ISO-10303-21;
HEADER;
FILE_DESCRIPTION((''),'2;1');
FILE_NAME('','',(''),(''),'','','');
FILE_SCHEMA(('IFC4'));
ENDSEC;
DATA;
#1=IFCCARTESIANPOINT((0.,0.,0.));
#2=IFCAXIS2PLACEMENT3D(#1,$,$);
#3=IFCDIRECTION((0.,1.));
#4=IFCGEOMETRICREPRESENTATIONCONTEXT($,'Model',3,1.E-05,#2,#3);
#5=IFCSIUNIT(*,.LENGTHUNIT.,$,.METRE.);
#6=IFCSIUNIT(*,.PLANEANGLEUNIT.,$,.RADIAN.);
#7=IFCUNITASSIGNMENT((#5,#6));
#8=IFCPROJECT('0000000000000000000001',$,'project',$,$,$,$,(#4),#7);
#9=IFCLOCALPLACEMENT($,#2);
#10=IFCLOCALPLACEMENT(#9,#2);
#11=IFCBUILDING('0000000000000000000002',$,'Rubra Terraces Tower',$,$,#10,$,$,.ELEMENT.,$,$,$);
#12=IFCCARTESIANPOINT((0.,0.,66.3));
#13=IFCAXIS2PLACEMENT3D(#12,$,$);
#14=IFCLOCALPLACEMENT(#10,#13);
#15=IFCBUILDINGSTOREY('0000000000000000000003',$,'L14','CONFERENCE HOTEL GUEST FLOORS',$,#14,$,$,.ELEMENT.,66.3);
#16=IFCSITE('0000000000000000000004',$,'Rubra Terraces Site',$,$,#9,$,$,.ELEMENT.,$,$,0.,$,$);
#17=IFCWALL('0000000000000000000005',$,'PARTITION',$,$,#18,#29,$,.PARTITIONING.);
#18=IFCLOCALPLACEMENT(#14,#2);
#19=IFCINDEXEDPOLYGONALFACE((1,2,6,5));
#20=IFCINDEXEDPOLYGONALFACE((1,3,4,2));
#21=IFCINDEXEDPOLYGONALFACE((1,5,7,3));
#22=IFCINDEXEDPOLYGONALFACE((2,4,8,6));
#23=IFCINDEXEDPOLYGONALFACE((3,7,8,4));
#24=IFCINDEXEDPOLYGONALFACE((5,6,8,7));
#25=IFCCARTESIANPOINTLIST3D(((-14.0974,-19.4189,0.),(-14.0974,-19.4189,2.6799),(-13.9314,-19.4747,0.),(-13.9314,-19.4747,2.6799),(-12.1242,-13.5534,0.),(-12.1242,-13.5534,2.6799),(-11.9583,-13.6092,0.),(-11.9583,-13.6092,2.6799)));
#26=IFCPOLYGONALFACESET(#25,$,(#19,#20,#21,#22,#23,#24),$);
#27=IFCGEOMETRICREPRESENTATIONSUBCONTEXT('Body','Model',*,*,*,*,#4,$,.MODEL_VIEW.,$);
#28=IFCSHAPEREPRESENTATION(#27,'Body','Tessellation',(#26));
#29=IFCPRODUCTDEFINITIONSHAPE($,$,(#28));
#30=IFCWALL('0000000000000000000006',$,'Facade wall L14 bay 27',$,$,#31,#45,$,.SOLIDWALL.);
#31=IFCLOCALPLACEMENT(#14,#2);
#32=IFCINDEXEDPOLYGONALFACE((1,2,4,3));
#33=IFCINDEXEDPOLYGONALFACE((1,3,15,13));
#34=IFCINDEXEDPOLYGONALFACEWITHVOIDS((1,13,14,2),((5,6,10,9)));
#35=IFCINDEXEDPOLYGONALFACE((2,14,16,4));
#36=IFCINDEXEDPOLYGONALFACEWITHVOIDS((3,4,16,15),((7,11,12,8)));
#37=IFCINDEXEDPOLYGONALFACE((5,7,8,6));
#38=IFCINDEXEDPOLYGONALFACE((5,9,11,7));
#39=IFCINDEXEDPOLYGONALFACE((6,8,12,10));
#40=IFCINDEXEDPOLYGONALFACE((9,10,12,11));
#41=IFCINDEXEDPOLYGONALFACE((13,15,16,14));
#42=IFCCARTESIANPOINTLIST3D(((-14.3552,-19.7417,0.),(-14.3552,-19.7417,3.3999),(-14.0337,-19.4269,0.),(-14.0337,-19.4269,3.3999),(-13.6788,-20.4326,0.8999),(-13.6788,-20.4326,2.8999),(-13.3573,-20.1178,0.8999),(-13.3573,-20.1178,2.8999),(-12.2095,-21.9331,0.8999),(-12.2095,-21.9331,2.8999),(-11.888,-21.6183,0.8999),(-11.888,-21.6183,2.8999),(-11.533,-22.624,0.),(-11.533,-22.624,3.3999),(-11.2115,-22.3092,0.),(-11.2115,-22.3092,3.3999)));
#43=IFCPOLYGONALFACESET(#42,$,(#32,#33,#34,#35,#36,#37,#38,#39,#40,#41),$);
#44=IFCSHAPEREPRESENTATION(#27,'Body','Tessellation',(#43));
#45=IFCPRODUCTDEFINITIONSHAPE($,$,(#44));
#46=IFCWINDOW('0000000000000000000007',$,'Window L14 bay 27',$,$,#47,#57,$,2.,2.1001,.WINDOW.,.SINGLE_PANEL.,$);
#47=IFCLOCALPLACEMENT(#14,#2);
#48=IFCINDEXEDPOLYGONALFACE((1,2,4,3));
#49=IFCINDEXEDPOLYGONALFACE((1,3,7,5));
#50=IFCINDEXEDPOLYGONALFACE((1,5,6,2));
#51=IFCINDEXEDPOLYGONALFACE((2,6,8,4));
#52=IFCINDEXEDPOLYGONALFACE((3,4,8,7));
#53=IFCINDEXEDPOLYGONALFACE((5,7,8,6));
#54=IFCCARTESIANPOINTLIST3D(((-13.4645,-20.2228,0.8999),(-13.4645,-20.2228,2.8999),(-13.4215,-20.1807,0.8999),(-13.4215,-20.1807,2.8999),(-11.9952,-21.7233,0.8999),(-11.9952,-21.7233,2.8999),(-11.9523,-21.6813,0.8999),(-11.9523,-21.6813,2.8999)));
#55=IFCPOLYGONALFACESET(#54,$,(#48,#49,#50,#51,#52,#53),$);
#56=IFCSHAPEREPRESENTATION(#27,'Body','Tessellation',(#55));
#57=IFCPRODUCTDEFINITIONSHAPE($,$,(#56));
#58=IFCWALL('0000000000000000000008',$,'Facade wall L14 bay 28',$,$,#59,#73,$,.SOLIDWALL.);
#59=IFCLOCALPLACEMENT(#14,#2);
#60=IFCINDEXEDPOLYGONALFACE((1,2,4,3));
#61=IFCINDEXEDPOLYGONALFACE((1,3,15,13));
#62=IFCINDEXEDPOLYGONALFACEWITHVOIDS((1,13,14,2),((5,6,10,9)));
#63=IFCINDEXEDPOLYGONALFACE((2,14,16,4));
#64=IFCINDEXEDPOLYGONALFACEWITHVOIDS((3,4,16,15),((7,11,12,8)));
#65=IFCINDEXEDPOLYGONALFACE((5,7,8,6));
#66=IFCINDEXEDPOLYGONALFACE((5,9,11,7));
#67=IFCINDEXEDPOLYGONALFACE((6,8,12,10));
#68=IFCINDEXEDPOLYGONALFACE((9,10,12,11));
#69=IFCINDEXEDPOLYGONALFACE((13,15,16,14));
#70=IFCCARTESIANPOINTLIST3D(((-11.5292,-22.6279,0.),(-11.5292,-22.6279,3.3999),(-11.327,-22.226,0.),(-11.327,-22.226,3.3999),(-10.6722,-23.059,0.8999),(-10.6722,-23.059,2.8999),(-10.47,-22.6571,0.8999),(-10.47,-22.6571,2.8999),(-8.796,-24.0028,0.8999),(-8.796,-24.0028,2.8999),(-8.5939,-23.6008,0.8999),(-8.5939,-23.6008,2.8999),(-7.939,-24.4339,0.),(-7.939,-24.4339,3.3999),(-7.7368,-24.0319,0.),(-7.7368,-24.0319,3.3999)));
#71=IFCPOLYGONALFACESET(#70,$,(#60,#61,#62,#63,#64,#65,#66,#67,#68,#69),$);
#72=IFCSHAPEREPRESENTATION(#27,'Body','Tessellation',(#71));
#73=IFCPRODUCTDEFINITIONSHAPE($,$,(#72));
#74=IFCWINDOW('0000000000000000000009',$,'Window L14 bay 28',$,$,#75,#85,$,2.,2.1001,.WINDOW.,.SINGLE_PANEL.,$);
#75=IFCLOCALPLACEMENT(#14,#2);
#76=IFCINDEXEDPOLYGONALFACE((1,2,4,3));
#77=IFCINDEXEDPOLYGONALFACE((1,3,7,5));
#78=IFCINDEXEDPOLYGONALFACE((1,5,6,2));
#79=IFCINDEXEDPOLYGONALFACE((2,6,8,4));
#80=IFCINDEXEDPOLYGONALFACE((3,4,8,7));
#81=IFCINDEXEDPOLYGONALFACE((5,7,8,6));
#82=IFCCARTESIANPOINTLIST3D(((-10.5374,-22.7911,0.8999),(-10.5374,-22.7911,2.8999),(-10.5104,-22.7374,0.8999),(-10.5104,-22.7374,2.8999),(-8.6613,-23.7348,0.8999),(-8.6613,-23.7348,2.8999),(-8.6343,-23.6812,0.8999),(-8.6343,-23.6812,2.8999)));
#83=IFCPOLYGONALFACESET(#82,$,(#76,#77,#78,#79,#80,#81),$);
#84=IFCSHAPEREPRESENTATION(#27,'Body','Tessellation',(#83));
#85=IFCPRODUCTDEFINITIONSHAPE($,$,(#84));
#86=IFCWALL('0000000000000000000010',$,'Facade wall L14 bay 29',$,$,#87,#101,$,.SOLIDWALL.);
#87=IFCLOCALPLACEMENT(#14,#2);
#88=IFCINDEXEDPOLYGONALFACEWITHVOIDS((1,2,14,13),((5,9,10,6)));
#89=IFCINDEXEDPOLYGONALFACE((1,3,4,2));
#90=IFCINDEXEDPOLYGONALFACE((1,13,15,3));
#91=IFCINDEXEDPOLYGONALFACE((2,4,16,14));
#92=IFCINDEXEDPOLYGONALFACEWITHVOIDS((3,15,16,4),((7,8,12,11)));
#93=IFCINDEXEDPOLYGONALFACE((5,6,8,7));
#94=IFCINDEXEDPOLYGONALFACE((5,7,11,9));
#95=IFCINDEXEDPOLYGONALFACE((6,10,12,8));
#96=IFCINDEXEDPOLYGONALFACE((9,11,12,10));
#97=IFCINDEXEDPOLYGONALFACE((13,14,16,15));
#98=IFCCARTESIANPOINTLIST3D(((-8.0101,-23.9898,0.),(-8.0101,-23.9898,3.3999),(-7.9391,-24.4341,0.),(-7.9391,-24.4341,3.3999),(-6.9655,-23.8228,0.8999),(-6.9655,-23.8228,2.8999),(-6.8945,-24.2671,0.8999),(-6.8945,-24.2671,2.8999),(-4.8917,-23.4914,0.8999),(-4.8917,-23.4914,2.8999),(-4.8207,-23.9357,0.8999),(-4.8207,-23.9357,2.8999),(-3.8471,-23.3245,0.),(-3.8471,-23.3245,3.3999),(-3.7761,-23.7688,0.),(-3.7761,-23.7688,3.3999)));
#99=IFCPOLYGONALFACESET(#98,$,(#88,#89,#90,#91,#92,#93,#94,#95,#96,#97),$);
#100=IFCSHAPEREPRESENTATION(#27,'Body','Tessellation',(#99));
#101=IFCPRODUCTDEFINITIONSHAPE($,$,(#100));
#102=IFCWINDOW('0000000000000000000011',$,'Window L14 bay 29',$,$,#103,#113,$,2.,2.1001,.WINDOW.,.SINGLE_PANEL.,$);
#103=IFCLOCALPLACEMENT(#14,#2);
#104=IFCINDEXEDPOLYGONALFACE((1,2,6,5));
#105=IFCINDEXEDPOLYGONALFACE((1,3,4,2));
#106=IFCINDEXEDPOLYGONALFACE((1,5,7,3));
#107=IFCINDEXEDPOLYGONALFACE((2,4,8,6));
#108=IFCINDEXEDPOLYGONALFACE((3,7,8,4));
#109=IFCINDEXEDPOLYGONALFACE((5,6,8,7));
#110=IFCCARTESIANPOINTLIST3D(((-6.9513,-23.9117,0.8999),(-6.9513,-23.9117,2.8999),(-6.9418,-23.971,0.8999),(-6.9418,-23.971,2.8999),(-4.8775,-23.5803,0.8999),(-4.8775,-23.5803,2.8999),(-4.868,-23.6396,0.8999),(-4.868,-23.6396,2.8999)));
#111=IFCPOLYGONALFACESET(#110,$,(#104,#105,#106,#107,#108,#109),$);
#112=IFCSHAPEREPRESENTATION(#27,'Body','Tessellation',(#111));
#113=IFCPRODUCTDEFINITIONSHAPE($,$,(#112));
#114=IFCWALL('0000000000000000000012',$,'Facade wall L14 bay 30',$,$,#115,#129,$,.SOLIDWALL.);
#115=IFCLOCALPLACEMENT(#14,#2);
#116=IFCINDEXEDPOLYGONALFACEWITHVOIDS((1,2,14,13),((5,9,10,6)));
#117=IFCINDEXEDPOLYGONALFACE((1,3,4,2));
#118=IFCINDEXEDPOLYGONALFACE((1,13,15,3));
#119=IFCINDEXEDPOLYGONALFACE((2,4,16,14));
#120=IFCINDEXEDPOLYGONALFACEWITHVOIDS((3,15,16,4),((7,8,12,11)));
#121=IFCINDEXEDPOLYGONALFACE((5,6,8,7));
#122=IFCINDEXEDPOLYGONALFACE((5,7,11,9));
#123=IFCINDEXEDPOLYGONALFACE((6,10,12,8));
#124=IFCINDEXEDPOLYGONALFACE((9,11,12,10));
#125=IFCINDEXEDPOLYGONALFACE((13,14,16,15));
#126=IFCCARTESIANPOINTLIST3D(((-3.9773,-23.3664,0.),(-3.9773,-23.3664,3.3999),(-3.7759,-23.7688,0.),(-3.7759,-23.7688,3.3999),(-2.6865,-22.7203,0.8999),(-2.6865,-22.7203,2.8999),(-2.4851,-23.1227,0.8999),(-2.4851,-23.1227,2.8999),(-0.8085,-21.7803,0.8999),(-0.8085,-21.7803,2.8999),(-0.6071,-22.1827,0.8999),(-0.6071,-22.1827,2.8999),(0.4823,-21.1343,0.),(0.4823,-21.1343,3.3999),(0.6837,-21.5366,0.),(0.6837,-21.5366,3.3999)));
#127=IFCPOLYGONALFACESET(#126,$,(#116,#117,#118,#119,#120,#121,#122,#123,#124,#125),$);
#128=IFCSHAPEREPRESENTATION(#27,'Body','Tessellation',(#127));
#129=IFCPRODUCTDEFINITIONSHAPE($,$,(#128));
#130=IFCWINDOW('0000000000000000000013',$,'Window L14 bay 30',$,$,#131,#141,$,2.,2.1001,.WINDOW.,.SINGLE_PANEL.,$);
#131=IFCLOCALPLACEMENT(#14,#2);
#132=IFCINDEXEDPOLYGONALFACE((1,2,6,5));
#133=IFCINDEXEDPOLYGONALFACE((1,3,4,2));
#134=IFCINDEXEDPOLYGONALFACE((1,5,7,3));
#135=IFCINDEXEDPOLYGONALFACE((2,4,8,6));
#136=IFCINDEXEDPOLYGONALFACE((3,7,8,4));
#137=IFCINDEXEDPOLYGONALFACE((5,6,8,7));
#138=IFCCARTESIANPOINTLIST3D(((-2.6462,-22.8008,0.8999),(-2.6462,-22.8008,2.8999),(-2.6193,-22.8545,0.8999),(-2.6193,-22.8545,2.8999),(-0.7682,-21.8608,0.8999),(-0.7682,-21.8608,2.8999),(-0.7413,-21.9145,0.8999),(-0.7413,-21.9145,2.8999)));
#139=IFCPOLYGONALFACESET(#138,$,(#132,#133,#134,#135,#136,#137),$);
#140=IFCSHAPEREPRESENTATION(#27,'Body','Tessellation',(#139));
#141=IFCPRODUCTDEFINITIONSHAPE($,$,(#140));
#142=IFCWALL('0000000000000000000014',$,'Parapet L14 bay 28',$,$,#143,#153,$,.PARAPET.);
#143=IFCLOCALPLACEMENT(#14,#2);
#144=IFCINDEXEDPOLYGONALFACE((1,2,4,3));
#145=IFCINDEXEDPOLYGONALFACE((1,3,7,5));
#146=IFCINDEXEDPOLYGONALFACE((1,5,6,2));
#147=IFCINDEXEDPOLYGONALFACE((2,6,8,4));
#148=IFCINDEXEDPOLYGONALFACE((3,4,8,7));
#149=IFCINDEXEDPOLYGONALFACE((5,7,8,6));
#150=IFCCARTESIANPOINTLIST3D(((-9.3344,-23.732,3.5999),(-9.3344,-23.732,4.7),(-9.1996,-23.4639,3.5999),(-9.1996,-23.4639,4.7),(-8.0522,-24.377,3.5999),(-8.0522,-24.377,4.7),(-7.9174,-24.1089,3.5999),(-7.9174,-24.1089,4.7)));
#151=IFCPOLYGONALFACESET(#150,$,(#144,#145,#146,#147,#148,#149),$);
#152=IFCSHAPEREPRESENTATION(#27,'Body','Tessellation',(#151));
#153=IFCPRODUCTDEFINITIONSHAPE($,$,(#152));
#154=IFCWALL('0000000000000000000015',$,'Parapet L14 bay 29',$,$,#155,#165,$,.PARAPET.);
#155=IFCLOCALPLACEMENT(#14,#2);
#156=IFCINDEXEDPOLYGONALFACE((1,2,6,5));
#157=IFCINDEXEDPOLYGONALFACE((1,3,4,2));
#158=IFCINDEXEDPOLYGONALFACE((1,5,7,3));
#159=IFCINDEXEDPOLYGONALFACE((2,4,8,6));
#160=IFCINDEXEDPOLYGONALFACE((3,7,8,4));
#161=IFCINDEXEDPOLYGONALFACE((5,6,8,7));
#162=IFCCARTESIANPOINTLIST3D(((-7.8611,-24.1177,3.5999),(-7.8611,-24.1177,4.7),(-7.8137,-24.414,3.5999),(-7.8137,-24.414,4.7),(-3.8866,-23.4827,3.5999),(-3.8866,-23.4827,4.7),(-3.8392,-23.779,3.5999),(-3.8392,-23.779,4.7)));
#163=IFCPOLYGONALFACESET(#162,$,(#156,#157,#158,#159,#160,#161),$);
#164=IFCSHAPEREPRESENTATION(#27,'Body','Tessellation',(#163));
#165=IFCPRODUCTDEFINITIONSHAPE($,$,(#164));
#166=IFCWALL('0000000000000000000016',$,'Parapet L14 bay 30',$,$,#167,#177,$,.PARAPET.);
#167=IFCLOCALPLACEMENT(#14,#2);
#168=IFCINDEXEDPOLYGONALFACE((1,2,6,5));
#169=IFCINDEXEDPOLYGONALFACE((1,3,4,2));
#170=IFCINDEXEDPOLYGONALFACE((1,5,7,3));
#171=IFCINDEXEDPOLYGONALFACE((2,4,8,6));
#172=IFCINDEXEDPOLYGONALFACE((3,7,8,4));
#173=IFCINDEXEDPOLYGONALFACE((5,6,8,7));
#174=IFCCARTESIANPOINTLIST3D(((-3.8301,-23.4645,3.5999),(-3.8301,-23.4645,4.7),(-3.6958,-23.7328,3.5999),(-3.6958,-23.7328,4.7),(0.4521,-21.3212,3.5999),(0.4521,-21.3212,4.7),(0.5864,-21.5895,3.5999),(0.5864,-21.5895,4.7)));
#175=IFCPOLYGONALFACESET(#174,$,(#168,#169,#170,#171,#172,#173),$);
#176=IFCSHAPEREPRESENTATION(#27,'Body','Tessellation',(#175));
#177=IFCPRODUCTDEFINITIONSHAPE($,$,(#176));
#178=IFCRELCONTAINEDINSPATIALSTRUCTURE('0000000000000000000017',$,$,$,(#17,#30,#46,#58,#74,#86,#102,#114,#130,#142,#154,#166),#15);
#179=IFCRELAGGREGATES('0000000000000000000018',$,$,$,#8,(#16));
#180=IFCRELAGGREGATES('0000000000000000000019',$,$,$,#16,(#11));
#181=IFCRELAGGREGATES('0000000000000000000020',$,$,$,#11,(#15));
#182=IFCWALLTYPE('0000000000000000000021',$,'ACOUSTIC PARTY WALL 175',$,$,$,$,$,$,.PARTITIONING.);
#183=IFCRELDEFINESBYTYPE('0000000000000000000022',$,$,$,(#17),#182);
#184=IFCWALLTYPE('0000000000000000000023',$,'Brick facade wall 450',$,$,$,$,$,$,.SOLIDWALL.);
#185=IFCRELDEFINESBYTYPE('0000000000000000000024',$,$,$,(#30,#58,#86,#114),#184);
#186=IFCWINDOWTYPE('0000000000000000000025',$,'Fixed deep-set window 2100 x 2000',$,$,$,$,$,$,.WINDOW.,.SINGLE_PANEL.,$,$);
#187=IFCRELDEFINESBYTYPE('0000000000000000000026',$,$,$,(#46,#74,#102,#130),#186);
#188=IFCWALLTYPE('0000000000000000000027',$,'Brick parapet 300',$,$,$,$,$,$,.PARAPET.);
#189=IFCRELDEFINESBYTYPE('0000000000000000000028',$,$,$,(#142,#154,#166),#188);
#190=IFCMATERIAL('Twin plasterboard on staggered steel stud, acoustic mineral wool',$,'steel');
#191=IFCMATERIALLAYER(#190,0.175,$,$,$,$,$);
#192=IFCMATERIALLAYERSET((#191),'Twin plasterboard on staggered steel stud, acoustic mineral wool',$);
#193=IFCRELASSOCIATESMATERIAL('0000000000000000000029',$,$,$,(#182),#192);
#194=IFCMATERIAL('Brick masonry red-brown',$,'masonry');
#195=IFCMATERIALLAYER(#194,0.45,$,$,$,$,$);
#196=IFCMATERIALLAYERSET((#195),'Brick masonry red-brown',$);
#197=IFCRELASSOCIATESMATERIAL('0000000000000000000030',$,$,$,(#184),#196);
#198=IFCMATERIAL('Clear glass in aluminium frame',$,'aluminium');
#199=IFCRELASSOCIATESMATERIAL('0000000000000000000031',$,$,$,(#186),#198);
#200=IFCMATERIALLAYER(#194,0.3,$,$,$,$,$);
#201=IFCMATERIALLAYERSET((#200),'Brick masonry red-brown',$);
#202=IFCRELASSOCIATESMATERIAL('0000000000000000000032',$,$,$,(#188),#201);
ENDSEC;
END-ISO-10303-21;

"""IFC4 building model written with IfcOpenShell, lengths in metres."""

from ifc_helpers import new_model, si_unit, direction, frame, frame_2d, origin, place, context, subcontext, project, spatial, rectangle, extrude, material, layer, layer_set, type_object, element, fill, save


model = new_model("IFC4")

# Units and contexts
model_context = context("Model", 3, precision=1e-05, world=origin(), true_north=direction((0.0, 1.0)))
body_context = subcontext(model_context, "Body", "Model", "MODEL_VIEW")
ifc_project = project(units=[si_unit("LENGTHUNIT", "METRE"), si_unit("PLANEANGLEUNIT", "RADIAN")], contexts=[model_context])

# Site, building, storey
site_placement = place(None, origin())
site = spatial("IfcSite", under=ifc_project, at=site_placement, Name="Rubra Terraces Site", CompositionType="ELEMENT", RefElevation=0.0)
building_placement = place(site_placement, origin())
building = spatial("IfcBuilding", under=site, at=building_placement, Name="Rubra Terraces Tower", CompositionType="ELEMENT")
storey_placement = place(building_placement, frame((0.0, 0.0, 66.3)))
storey = spatial("IfcBuildingStorey", under=building, at=storey_placement, Name="L14", Description="CONFERENCE HOTEL GUEST FLOORS", CompositionType="ELEMENT", Elevation=66.3)

# Wall
ifc_material_1 = material(Name="Twin plasterboard on staggered steel stud, acoustic mineral wool", Category="steel")
ifc_layer_1 = layer(ifc_material_1, 0.175)
ifc_layer_set_1 = layer_set([ifc_layer_1], Name="Twin plasterboard on staggered steel stud, acoustic mineral wool")
wall_type_1 = type_object("IfcWallType", Name="ACOUSTIC PARTY WALL 175", PredefinedType="PARTITIONING", material=ifc_layer_set_1)
wall_1_placement = place(storey_placement, frame((-14.0144, -19.4468, 0.0), z_axis=(0.0, 0.0, 1.0), x_axis=(0.318842, 0.947808, 0.0)))
element("IfcWall", 1, at=wall_1_placement, inside=storey, type_object=wall_type_1, Name="PARTITION", PredefinedType="PARTITIONING", context=body_context, shape_type="SweptSolid", body=[
    extrude(rectangle(XDim=6.1885, YDim=0.175, at=frame_2d((3.0942, 0.0))), origin(), (0.0, 0.0, 1.0), 2.6799),
])

# Walls, openings, windows
ifc_material_2 = material(Name="Brick masonry red-brown", Category="masonry")
ifc_layer_2 = layer(ifc_material_2, 0.45)
ifc_layer_set_2 = layer_set([ifc_layer_2], Name="Brick masonry red-brown")
wall_type_2 = type_object("IfcWallType", Name="Brick facade wall 450", PredefinedType="SOLIDWALL", material=ifc_layer_set_2)
wall_2_placement = place(storey_placement, frame((-14.1946, -19.5842, 0.0), z_axis=(0.0, 0.0, 1.0), x_axis=(0.699624, -0.714512, 0.0)))
wall_2 = element("IfcWall", 2, at=wall_2_placement, inside=storey, type_object=wall_type_2, Name="Facade wall L14 bay 27", PredefinedType="SOLIDWALL", context=body_context, shape_type="SweptSolid", body=[
    extrude(rectangle(XDim=4.0339, YDim=0.45, at=frame_2d((2.0171, 0.0))), origin(), (0.0, 0.0, 1.0), 3.3999),
])
opening_1_placement = place(wall_2_placement, frame((0.967, 0.0, 0.8999)))
opening_1 = element("IfcOpeningElement", 3, at=opening_1_placement, cuts=wall_2, PredefinedType="OPENING", context=body_context, shape_type="SweptSolid", body=[
    extrude(rectangle(XDim=2.1001, YDim=2.0, at=frame_2d((1.05, 1.0))), frame((0.0, 0.2349, 0.0), z_axis=(0.0, -1.0, 0.0), x_axis=(1.0, 0.0, 0.0)), (0.0, 0.0, 1.0), 0.47),
])
ifc_material_3 = material(Name="Clear glass in aluminium frame", Category="aluminium")
window_type = type_object("IfcWindowType", Name="Fixed deep-set window 2100 x 2000", PartitioningType="SINGLE_PANEL", PredefinedType="WINDOW", material=ifc_material_3)
window_1_placement = place(opening_1_placement, origin())
window_1 = element("IfcWindow", 4, at=window_1_placement, inside=storey, type_object=window_type, Name="Window L14 bay 27", OverallHeight=2.0, OverallWidth=2.1001, PartitioningType="SINGLE_PANEL", PredefinedType="WINDOW", context=body_context, shape_type="SweptSolid", body=[
    extrude(rectangle(XDim=2.1001, YDim=2.0, at=frame_2d((1.05, 1.0))), frame((0.0, 0.135, 0.0), z_axis=(0.0, -1.0, 0.0), x_axis=(1.0, 0.0, 0.0)), (0.0, 0.0, 1.0), 0.0601),
])
fill(opening_1, window_1)
wall_3_placement = place(storey_placement, frame((-11.428, -22.427, 0.0), z_axis=(0.0, 0.0, 1.0), x_axis=(0.893343, -0.449375, 0.0)))
wall_3 = element("IfcWall", 5, at=wall_3_placement, inside=storey, type_object=wall_type_2, Name="Facade wall L14 bay 28", PredefinedType="SOLIDWALL", context=body_context, shape_type="SweptSolid", body=[
    extrude(rectangle(XDim=4.0188, YDim=0.45, at=frame_2d((2.0093, 0.0))), origin(), (0.0, 0.0, 1.0), 3.3999),
])
opening_2_placement = place(wall_3_placement, frame((0.9592, 0.0, 0.8999)))
opening_2 = element("IfcOpeningElement", 6, at=opening_2_placement, cuts=wall_3, PredefinedType="OPENING", context=body_context, shape_type="SweptSolid", body=[
    extrude(rectangle(XDim=2.1001, YDim=2.0, at=frame_2d((1.05, 1.0))), frame((0.0, 0.2349, 0.0), z_axis=(0.0, -1.0, 0.0), x_axis=(1.0, 0.0, 0.0)), (0.0, 0.0, 1.0), 0.47),
])
window_2_placement = place(opening_2_placement, origin())
window_2 = element("IfcWindow", 7, at=window_2_placement, inside=storey, type_object=window_type, Name="Window L14 bay 28", OverallHeight=2.0, OverallWidth=2.1001, PartitioningType="SINGLE_PANEL", PredefinedType="WINDOW", context=body_context, shape_type="SweptSolid", body=[
    extrude(rectangle(XDim=2.1001, YDim=2.0, at=frame_2d((1.05, 1.0))), frame((0.0, 0.135, 0.0), z_axis=(0.0, -1.0, 0.0), x_axis=(1.0, 0.0, 0.0)), (0.0, 0.0, 1.0), 0.0601),
])
fill(opening_2, window_2)
wall_4_placement = place(storey_placement, frame((-7.9746, -24.2119, 0.0), z_axis=(0.0, 0.0, 1.0), x_axis=(0.987471, 0.157803, 0.0)))
wall_4 = element("IfcWall", 8, at=wall_4_placement, inside=storey, type_object=wall_type_2, Name="Facade wall L14 bay 29", PredefinedType="SOLIDWALL", context=body_context, shape_type="SweptSolid", body=[
    extrude(rectangle(XDim=4.2158, YDim=0.45, at=frame_2d((2.1079, 0.0))), origin(), (0.0, 0.0, 1.0), 3.3999),
])
opening_3_placement = place(wall_4_placement, frame((1.0579, 0.0, 0.8999)))
opening_3 = element("IfcOpeningElement", 9, at=opening_3_placement, cuts=wall_4, PredefinedType="OPENING", context=body_context, shape_type="SweptSolid", body=[
    extrude(rectangle(XDim=2.1001, YDim=2.0, at=frame_2d((1.05, 1.0))), frame((0.0, 0.2349, 0.0), z_axis=(0.0, -1.0, 0.0), x_axis=(1.0, 0.0, 0.0)), (0.0, 0.0, 1.0), 0.47),
])
window_3_placement = place(opening_3_placement, origin())
window_3 = element("IfcWindow", 10, at=window_3_placement, inside=storey, type_object=window_type, Name="Window L14 bay 29", OverallHeight=2.0, OverallWidth=2.1001, PartitioningType="SINGLE_PANEL", PredefinedType="WINDOW", context=body_context, shape_type="SweptSolid", body=[
    extrude(rectangle(XDim=2.1001, YDim=2.0, at=frame_2d((1.05, 1.0))), frame((0.0, 0.135, 0.0), z_axis=(0.0, -1.0, 0.0), x_axis=(1.0, 0.0, 0.0)), (0.0, 0.0, 1.0), 0.0601),
])
fill(opening_3, window_3)
wall_5_placement = place(storey_placement, frame((-3.8767, -23.5676, 0.0), z_axis=(0.0, 0.0, 1.0), x_axis=(0.894241, 0.447586, 0.0)))
wall_5 = element("IfcWall", 11, at=wall_5_placement, inside=storey, type_object=wall_type_2, Name="Facade wall L14 bay 30", PredefinedType="SOLIDWALL", context=body_context, shape_type="SweptSolid", body=[
    extrude(rectangle(XDim=4.9871, YDim=0.45, at=frame_2d((2.4937, 0.0))), origin(), (0.0, 0.0, 1.0), 3.3999),
])
opening_4_placement = place(wall_5_placement, frame((1.4436, 0.0, 0.8999)))
opening_4 = element("IfcOpeningElement", 12, at=opening_4_placement, cuts=wall_5, PredefinedType="OPENING", context=body_context, shape_type="SweptSolid", body=[
    extrude(rectangle(XDim=2.1001, YDim=2.0, at=frame_2d((1.05, 1.0))), frame((0.0, 0.2349, 0.0), z_axis=(0.0, -1.0, 0.0), x_axis=(1.0, 0.0, 0.0)), (0.0, 0.0, 1.0), 0.47),
])
window_4_placement = place(opening_4_placement, origin())
window_4 = element("IfcWindow", 13, at=window_4_placement, inside=storey, type_object=window_type, Name="Window L14 bay 30", OverallHeight=2.0, OverallWidth=2.1001, PartitioningType="SINGLE_PANEL", PredefinedType="WINDOW", context=body_context, shape_type="SweptSolid", body=[
    extrude(rectangle(XDim=2.1001, YDim=2.0, at=frame_2d((1.05, 1.0))), frame((0.0, 0.135, 0.0), z_axis=(0.0, -1.0, 0.0), x_axis=(1.0, 0.0, 0.0)), (0.0, 0.0, 1.0), 0.0601),
])
fill(opening_4, window_4)

# Walls
ifc_layer_3 = layer(ifc_material_2, 0.3)
ifc_layer_set_3 = layer_set([ifc_layer_3], Name="Brick masonry red-brown")
wall_type_3 = type_object("IfcWallType", Name="Brick parapet 300", PredefinedType="PARAPET", material=ifc_layer_set_3)
wall_6_placement = place(storey_placement, frame((-9.2671, -23.5979, 3.5999), z_axis=(0.0, 0.0, 1.0), x_axis=(0.893336, -0.449389, 0.0)))
element("IfcWall", 14, at=wall_6_placement, inside=storey, type_object=wall_type_3, Name="Parapet L14 bay 28", PredefinedType="PARAPET", context=body_context, shape_type="SweptSolid", body=[
    extrude(rectangle(XDim=1.4353, YDim=0.3, at=frame_2d((0.7178, 0.0))), origin(), (0.0, 0.0, 1.0), 1.1001),
])
wall_7_placement = place(storey_placement, frame((-7.8374, -24.2659, 3.5999), z_axis=(0.0, 0.0, 1.0), x_axis=(0.987477, 0.157766, 0.0)))
element("IfcWall", 15, at=wall_7_placement, inside=storey, type_object=wall_type_3, Name="Parapet L14 bay 29", PredefinedType="PARAPET", context=body_context, shape_type="SweptSolid", body=[
    extrude(rectangle(XDim=4.0249, YDim=0.3, at=frame_2d((2.0125, 0.0))), origin(), (0.0, 0.0, 1.0), 1.1001),
])
wall_8_placement = place(storey_placement, frame((-3.7629, -23.5986, 3.5999), z_axis=(0.0, 0.0, 1.0), x_axis=(0.894244, 0.447581, 0.0)))
element("IfcWall", 16, at=wall_8_placement, inside=storey, type_object=wall_type_3, Name="Parapet L14 bay 30", PredefinedType="PARAPET", context=body_context, shape_type="SweptSolid", body=[
    extrude(rectangle(XDim=4.7886, YDim=0.3, at=frame_2d((2.3943, 0.0))), origin(), (0.0, 0.0, 1.0), 1.1001),
])

save(model, "model.ifc")
